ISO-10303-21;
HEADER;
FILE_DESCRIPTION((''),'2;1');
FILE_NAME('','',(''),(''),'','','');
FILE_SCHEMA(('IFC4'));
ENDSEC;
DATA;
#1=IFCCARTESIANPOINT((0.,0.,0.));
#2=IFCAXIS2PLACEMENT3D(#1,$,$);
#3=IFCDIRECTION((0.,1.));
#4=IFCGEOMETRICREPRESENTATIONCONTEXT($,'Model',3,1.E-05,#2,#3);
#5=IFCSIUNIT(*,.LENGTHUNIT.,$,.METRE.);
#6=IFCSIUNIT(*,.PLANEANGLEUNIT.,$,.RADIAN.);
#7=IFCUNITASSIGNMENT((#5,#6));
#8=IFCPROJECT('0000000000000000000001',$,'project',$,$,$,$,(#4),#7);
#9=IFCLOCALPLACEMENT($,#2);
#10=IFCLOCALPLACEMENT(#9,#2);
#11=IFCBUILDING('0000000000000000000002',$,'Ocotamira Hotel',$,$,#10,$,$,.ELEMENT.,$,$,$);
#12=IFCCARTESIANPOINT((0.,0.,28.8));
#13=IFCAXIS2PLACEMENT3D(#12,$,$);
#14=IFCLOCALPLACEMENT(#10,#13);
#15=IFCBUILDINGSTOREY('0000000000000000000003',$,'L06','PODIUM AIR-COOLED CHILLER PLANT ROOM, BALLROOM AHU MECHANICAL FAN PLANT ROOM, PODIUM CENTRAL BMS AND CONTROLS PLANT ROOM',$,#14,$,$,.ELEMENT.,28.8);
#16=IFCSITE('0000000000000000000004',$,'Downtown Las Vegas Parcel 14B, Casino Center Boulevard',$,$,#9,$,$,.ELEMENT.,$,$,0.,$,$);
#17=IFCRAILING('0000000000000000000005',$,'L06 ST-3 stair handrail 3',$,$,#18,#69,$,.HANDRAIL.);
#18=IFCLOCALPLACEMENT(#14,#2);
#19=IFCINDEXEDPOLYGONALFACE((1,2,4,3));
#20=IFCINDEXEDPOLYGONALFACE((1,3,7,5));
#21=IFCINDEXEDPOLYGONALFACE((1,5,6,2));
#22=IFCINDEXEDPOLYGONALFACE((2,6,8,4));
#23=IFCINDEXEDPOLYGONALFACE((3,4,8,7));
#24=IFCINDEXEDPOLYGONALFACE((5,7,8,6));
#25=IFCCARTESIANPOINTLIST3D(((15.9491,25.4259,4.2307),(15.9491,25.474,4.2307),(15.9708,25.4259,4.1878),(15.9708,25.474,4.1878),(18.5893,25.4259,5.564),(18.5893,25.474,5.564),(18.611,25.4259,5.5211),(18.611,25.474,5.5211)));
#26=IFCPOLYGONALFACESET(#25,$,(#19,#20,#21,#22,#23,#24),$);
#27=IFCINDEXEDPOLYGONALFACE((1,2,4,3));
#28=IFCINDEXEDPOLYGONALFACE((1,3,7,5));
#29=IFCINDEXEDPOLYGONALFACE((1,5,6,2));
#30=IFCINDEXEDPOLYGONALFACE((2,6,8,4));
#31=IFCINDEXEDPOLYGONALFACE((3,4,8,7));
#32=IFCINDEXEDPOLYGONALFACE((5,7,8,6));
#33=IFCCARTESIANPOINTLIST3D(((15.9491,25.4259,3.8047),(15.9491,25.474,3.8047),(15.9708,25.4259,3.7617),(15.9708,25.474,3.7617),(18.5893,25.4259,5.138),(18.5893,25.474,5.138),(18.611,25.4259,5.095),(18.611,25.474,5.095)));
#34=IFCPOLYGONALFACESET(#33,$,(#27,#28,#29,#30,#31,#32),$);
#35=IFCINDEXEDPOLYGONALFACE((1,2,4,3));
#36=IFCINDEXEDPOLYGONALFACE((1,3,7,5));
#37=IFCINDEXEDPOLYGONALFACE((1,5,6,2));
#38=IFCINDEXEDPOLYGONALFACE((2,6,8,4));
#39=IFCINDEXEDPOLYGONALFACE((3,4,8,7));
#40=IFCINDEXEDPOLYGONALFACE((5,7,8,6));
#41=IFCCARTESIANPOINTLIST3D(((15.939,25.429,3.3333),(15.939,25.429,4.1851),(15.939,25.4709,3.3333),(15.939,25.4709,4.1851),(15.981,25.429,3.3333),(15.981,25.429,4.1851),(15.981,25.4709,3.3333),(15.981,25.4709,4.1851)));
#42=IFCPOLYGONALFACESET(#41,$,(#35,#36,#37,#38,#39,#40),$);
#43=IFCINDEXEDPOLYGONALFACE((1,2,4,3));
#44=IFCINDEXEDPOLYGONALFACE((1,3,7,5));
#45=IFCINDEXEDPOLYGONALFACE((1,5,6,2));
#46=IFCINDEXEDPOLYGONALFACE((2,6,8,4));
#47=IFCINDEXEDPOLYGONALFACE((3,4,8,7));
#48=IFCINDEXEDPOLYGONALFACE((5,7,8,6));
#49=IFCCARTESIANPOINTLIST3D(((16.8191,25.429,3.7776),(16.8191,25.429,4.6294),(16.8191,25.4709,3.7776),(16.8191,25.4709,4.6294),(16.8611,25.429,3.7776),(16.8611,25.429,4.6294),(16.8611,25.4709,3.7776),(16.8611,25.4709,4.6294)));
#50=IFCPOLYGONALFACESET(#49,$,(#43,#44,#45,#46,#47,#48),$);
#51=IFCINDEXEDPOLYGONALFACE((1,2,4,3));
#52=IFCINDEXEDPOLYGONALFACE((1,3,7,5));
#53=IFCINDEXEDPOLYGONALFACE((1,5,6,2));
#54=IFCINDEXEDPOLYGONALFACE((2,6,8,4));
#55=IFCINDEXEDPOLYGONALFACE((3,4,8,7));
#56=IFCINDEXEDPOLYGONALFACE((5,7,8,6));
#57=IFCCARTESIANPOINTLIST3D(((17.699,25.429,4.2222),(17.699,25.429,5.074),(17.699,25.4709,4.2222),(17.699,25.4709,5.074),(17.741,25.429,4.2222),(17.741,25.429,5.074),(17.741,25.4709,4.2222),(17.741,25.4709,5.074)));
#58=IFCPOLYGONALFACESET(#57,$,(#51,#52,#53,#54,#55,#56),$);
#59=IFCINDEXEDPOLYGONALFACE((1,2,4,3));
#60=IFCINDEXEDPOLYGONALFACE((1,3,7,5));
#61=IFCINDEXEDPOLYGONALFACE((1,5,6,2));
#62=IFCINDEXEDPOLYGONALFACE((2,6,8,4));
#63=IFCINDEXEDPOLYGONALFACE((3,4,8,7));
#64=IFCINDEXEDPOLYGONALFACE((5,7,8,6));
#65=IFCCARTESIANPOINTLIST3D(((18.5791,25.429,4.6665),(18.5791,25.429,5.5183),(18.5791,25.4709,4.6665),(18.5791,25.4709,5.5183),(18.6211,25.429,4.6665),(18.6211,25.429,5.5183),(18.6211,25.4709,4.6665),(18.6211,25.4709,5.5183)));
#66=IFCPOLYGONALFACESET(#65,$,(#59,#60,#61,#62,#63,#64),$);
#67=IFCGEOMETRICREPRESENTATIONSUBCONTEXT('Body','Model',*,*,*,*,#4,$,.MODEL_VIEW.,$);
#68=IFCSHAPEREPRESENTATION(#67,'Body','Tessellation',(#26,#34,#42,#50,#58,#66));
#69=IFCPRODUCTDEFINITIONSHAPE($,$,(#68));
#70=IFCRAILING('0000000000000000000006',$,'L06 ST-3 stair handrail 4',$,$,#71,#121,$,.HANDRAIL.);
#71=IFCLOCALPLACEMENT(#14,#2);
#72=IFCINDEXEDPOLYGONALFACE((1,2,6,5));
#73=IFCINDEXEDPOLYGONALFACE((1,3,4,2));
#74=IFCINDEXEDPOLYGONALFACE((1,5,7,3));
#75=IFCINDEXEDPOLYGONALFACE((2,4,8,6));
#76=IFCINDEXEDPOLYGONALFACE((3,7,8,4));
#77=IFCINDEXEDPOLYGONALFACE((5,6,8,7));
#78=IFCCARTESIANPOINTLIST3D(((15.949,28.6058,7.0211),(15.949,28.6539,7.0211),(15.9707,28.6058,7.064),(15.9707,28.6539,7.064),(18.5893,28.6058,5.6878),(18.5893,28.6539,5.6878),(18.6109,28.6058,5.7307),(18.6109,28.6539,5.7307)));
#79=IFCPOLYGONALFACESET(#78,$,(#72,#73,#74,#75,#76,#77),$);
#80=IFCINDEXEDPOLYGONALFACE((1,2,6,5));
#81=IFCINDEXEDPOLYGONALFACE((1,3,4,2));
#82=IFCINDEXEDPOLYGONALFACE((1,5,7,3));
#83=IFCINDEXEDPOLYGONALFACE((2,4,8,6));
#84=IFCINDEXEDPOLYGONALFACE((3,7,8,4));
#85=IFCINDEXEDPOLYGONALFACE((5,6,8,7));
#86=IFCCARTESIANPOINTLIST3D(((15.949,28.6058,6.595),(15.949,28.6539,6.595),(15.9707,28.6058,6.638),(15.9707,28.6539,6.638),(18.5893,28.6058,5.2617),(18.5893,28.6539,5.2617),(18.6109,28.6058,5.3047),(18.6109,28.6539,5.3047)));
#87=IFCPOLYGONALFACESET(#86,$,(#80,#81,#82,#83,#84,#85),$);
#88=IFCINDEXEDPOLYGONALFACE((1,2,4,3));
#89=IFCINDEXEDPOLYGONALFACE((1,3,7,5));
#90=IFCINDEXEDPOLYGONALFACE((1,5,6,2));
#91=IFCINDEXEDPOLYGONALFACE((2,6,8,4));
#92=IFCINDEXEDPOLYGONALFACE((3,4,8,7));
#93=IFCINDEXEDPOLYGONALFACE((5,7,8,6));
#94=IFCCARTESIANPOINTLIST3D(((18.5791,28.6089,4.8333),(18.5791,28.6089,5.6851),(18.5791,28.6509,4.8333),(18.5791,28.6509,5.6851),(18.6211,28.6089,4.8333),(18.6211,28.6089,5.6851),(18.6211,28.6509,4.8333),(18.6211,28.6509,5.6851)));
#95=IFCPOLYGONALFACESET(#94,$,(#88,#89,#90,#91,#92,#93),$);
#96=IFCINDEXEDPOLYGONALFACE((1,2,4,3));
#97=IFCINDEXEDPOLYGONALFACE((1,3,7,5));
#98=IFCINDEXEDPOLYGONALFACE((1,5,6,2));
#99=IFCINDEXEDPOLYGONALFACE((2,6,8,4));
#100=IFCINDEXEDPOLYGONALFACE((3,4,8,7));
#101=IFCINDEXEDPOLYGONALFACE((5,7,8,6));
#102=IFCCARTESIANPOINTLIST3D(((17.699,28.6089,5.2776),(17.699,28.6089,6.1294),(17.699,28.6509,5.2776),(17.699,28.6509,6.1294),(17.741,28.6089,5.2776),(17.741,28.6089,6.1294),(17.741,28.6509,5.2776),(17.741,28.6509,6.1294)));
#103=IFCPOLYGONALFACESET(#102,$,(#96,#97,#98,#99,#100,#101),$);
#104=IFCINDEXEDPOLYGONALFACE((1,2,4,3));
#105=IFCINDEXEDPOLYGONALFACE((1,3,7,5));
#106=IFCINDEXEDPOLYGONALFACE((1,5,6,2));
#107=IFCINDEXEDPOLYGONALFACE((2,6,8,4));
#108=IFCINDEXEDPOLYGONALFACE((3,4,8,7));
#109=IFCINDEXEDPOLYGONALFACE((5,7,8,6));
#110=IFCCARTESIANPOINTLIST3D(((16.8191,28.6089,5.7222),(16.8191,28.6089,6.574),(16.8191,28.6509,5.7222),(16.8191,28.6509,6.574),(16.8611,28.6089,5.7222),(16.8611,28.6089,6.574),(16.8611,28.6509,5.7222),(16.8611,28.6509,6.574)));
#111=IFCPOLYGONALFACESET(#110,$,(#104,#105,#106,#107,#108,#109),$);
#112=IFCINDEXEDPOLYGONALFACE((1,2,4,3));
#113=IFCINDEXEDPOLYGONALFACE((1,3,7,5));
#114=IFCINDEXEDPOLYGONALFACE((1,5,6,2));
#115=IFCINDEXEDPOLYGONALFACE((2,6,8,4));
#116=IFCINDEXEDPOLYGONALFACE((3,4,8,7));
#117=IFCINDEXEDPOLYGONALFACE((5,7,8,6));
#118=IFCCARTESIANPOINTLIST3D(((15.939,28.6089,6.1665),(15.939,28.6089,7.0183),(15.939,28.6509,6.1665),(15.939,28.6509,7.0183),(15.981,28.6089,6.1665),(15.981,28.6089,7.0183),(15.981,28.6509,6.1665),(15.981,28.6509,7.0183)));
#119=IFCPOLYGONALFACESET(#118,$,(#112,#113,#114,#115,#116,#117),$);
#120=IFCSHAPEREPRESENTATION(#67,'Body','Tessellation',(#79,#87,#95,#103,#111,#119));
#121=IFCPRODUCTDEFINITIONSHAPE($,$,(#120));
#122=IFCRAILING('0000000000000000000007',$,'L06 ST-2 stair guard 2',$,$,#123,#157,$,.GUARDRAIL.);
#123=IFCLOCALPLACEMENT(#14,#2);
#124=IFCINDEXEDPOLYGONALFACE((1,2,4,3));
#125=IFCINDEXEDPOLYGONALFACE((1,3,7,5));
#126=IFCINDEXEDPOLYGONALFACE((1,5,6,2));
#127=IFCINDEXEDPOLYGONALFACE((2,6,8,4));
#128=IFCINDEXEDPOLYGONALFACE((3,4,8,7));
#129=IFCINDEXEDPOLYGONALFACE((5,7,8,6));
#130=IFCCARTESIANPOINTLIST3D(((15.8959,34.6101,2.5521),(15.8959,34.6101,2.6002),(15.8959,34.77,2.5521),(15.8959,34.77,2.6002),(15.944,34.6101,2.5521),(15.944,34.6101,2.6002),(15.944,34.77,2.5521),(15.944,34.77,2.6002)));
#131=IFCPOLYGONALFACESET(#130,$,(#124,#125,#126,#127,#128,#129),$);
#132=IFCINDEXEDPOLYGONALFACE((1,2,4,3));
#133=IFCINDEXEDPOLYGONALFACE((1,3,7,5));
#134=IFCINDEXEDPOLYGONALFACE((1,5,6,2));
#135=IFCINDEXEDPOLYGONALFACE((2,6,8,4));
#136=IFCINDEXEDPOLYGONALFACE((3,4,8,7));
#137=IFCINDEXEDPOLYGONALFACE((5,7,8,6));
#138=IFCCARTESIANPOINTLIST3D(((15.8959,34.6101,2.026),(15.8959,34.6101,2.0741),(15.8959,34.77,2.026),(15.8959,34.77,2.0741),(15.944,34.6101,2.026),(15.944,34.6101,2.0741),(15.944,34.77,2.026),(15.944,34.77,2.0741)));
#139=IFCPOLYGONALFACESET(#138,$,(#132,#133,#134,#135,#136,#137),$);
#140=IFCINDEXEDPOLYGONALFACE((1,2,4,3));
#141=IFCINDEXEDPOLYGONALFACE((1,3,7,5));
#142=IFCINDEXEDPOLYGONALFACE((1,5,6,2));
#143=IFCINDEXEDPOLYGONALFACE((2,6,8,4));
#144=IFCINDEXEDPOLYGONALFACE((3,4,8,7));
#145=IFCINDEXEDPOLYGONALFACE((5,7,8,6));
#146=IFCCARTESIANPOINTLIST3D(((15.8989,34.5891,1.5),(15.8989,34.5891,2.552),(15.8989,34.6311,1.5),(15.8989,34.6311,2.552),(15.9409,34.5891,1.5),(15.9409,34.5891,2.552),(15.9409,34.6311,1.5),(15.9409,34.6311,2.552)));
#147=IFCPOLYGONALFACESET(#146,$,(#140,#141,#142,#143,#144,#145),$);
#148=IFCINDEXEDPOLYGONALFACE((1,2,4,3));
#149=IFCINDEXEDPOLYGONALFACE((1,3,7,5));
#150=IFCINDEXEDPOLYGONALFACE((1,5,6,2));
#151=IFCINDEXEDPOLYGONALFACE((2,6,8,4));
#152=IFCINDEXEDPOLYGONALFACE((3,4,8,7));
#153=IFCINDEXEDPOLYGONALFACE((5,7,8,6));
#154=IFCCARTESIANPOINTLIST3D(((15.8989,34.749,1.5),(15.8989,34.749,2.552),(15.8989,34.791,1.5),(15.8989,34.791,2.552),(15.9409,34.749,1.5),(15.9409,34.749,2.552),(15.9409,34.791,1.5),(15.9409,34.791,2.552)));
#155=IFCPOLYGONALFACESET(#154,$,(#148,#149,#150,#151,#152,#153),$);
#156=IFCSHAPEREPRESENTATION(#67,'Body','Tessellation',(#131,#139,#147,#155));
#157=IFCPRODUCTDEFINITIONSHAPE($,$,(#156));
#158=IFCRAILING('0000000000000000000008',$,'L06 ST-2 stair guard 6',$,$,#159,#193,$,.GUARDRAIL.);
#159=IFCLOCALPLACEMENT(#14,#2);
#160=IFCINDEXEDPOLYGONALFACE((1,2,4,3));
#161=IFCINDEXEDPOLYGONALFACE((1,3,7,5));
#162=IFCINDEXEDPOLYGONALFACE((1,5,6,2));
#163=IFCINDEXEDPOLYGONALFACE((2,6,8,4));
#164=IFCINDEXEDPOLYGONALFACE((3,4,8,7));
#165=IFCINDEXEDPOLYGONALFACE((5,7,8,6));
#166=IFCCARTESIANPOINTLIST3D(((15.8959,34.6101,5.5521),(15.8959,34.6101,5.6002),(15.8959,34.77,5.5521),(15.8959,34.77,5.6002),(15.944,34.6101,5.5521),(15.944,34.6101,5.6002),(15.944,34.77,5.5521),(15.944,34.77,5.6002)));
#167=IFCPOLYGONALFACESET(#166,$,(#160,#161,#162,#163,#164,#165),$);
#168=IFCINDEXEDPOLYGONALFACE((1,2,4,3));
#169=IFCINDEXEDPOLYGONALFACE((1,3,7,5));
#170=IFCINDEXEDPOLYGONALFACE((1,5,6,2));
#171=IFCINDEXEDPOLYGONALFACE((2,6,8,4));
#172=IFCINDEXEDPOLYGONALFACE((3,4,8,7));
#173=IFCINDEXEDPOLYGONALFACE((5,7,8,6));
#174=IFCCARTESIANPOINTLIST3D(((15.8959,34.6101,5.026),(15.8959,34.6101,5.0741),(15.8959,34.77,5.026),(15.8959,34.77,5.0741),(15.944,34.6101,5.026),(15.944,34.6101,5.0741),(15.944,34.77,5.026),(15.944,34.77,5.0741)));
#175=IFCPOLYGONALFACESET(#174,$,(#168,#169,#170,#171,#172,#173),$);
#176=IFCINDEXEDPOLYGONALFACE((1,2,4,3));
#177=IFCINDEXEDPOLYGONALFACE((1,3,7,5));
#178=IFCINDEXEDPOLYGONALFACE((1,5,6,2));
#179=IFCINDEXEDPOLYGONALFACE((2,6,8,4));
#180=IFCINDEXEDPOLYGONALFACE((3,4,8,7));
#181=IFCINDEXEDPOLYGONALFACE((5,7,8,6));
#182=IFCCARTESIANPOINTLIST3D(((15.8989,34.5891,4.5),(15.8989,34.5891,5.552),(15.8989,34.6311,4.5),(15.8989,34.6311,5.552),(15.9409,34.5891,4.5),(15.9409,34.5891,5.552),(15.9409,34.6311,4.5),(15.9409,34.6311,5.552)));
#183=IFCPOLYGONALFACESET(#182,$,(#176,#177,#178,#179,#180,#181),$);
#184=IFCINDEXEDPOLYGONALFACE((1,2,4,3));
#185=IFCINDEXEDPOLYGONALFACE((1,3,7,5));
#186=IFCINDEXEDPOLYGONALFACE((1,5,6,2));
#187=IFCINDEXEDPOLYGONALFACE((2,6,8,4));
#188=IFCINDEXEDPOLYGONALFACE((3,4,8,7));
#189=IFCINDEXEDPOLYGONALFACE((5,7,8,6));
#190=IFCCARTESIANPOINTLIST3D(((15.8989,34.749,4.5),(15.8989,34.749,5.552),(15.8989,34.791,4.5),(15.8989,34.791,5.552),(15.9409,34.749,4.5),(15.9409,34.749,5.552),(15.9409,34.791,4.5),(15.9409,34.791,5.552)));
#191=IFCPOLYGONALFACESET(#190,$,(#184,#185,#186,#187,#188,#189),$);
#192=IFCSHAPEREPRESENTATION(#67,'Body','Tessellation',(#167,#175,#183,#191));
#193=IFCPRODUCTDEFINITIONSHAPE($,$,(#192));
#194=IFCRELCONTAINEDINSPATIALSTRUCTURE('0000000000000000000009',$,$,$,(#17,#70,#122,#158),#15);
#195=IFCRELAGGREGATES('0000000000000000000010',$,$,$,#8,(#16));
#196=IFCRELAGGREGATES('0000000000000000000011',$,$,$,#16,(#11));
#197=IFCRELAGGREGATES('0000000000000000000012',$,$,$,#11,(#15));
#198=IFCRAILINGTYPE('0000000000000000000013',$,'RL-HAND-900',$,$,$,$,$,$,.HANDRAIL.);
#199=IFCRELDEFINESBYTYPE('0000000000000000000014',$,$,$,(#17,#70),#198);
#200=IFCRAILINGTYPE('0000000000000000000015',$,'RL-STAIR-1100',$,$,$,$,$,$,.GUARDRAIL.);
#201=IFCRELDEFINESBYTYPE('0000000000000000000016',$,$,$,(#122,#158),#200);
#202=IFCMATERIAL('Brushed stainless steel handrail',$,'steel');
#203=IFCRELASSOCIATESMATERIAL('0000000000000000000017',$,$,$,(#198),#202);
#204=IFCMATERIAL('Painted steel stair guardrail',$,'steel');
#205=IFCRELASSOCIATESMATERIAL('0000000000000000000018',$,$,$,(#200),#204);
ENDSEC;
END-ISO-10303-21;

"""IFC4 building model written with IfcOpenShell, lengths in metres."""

from ifc_helpers import new_model, si_unit, direction, frame, origin, origin_2d, place, context, subcontext, project, spatial, rectangle, extrude, material, type_object, element, save


model = new_model("IFC4")

# Units and contexts
model_context = context("Model", 3, precision=1e-05, world=origin(), true_north=direction((0.0, 1.0)))
body_context = subcontext(model_context, "Body", "Model", "MODEL_VIEW")
ifc_project = project(units=[si_unit("LENGTHUNIT", "METRE"), si_unit("PLANEANGLEUNIT", "RADIAN")], contexts=[model_context])

# Site, building, storey
site_placement = place(None, origin())
site = spatial("IfcSite", under=ifc_project, at=site_placement, Name="Downtown Las Vegas Parcel 14B, Casino Center Boulevard", CompositionType="ELEMENT", RefElevation=0.0)
building_placement = place(site_placement, origin())
building = spatial("IfcBuilding", under=site, at=building_placement, Name="Ocotamira Hotel", CompositionType="ELEMENT")
storey_placement = place(building_placement, frame((0.0, 0.0, 28.8)))
storey = spatial("IfcBuildingStorey", under=building, at=storey_placement, Name="L06", Description="PODIUM AIR-COOLED CHILLER PLANT ROOM, BALLROOM AHU MECHANICAL FAN PLANT ROOM, PODIUM CENTRAL BMS AND CONTROLS PLANT ROOM", CompositionType="ELEMENT", Elevation=28.8)

# Railings
ifc_material_1 = material(Name="Brushed stainless steel handrail", Category="steel")
railing_type_1 = type_object("IfcRailingType", Name="RL-HAND-900", PredefinedType="HANDRAIL", material=ifc_material_1)
railing_1_placement = place(storey_placement, frame((15.96, 25.45, 3.3333)))
element("IfcRailing", 1, at=railing_1_placement, inside=storey, type_object=railing_type_1, Name="L06 ST-3 stair handrail 3", PredefinedType="HANDRAIL", context=body_context, shape_type="SweptSolid", body=[
    extrude(rectangle(XDim=0.0481, YDim=0.0481, at=origin_2d()), frame((0.0, 0.0, 0.876), z_axis=(0.892637, 0.0, 0.450776), x_axis=(0.0, 1.0, 0.0)), (0.0, 0.0, 1.0), 2.9578),
    extrude(rectangle(XDim=0.0481, YDim=0.0481, at=origin_2d()), frame((0.0, 0.0, 0.45), z_axis=(0.892637, 0.0, 0.450776), x_axis=(0.0, 1.0, 0.0)), (0.0, 0.0, 1.0), 2.9578),
    extrude(rectangle(XDim=0.042, YDim=0.042, at=origin_2d()), origin(), (0.0, 0.0, 1.0), 0.8518),
    extrude(rectangle(XDim=0.042, YDim=0.042, at=origin_2d()), frame((0.8801, 0.0, 0.4443)), (0.0, 0.0, 1.0), 0.8518),
    extrude(rectangle(XDim=0.042, YDim=0.042, at=origin_2d()), frame((1.76, 0.0, 0.8889)), (0.0, 0.0, 1.0), 0.8518),
    extrude(rectangle(XDim=0.042, YDim=0.042, at=origin_2d()), frame((2.6401, 0.0, 1.3333)), (0.0, 0.0, 1.0), 0.8518),
])
railing_2_placement = place(storey_placement, frame((18.6001, 28.6299, 4.8333)))
element("IfcRailing", 2, at=railing_2_placement, inside=storey, type_object=railing_type_1, Name="L06 ST-3 stair handrail 4", PredefinedType="HANDRAIL", context=body_context, shape_type="SweptSolid", body=[
    extrude(rectangle(XDim=0.0481, YDim=0.0481, at=origin_2d()), frame((0.0, 0.0, 0.876), z_axis=(-0.892637, 0.0, 0.450776), x_axis=(0.0, -1.0, 0.0)), (0.0, 0.0, 1.0), 2.9578),
    extrude(rectangle(XDim=0.0481, YDim=0.0481, at=origin_2d()), frame((0.0, 0.0, 0.45), z_axis=(-0.892637, 0.0, 0.450776), x_axis=(0.0, -1.0, 0.0)), (0.0, 0.0, 1.0), 2.9578),
    extrude(rectangle(XDim=0.042, YDim=0.042, at=origin_2d()), origin(), (0.0, 0.0, 1.0), 0.8518),
    extrude(rectangle(XDim=0.042, YDim=0.042, at=origin_2d()), frame((-0.8801, 0.0, 0.4443)), (0.0, 0.0, 1.0), 0.8518),
    extrude(rectangle(XDim=0.042, YDim=0.042, at=origin_2d()), frame((-1.76, 0.0, 0.8889)), (0.0, 0.0, 1.0), 0.8518),
    extrude(rectangle(XDim=0.042, YDim=0.042, at=origin_2d()), frame((-2.6401, 0.0, 1.3333)), (0.0, 0.0, 1.0), 0.8518),
])
ifc_material_2 = material(Name="Painted steel stair guardrail", Category="steel")
railing_type_2 = type_object("IfcRailingType", Name="RL-STAIR-1100", PredefinedType="GUARDRAIL", material=ifc_material_2)
for number, where, name in (
    (3, (15.9199, 34.6101, 1.5), "L06 ST-2 stair guard 2"),
    (4, (15.9199, 34.6101, 4.5), "L06 ST-2 stair guard 6"),
):
    element("IfcRailing", number, at=place(storey_placement, frame(where)), inside=storey, type_object=railing_type_2, Name=name, PredefinedType="GUARDRAIL", context=body_context, shape_type="SweptSolid", body=[
        extrude(rectangle(XDim=0.0481, YDim=0.0481, at=origin_2d()), frame((0.0, 0.0, 1.0762), z_axis=(0.0, 1.0, 0.0), x_axis=(-1.0, 0.0, 0.0)), (0.0, 0.0, 1.0), 0.1599),
        extrude(rectangle(XDim=0.0481, YDim=0.0481, at=origin_2d()), frame((0.0, 0.0, 0.55), z_axis=(0.0, 1.0, 0.0), x_axis=(-1.0, 0.0, 0.0)), (0.0, 0.0, 1.0), 0.1599),
        extrude(rectangle(XDim=0.042, YDim=0.042, at=origin_2d()), origin(), (0.0, 0.0, 1.0), 1.052),
        extrude(rectangle(XDim=0.042, YDim=0.042, at=origin_2d()), frame((0.0, 0.1599, 0.0)), (0.0, 0.0, 1.0), 1.052),
    ])

save(model, "model.ifc")
